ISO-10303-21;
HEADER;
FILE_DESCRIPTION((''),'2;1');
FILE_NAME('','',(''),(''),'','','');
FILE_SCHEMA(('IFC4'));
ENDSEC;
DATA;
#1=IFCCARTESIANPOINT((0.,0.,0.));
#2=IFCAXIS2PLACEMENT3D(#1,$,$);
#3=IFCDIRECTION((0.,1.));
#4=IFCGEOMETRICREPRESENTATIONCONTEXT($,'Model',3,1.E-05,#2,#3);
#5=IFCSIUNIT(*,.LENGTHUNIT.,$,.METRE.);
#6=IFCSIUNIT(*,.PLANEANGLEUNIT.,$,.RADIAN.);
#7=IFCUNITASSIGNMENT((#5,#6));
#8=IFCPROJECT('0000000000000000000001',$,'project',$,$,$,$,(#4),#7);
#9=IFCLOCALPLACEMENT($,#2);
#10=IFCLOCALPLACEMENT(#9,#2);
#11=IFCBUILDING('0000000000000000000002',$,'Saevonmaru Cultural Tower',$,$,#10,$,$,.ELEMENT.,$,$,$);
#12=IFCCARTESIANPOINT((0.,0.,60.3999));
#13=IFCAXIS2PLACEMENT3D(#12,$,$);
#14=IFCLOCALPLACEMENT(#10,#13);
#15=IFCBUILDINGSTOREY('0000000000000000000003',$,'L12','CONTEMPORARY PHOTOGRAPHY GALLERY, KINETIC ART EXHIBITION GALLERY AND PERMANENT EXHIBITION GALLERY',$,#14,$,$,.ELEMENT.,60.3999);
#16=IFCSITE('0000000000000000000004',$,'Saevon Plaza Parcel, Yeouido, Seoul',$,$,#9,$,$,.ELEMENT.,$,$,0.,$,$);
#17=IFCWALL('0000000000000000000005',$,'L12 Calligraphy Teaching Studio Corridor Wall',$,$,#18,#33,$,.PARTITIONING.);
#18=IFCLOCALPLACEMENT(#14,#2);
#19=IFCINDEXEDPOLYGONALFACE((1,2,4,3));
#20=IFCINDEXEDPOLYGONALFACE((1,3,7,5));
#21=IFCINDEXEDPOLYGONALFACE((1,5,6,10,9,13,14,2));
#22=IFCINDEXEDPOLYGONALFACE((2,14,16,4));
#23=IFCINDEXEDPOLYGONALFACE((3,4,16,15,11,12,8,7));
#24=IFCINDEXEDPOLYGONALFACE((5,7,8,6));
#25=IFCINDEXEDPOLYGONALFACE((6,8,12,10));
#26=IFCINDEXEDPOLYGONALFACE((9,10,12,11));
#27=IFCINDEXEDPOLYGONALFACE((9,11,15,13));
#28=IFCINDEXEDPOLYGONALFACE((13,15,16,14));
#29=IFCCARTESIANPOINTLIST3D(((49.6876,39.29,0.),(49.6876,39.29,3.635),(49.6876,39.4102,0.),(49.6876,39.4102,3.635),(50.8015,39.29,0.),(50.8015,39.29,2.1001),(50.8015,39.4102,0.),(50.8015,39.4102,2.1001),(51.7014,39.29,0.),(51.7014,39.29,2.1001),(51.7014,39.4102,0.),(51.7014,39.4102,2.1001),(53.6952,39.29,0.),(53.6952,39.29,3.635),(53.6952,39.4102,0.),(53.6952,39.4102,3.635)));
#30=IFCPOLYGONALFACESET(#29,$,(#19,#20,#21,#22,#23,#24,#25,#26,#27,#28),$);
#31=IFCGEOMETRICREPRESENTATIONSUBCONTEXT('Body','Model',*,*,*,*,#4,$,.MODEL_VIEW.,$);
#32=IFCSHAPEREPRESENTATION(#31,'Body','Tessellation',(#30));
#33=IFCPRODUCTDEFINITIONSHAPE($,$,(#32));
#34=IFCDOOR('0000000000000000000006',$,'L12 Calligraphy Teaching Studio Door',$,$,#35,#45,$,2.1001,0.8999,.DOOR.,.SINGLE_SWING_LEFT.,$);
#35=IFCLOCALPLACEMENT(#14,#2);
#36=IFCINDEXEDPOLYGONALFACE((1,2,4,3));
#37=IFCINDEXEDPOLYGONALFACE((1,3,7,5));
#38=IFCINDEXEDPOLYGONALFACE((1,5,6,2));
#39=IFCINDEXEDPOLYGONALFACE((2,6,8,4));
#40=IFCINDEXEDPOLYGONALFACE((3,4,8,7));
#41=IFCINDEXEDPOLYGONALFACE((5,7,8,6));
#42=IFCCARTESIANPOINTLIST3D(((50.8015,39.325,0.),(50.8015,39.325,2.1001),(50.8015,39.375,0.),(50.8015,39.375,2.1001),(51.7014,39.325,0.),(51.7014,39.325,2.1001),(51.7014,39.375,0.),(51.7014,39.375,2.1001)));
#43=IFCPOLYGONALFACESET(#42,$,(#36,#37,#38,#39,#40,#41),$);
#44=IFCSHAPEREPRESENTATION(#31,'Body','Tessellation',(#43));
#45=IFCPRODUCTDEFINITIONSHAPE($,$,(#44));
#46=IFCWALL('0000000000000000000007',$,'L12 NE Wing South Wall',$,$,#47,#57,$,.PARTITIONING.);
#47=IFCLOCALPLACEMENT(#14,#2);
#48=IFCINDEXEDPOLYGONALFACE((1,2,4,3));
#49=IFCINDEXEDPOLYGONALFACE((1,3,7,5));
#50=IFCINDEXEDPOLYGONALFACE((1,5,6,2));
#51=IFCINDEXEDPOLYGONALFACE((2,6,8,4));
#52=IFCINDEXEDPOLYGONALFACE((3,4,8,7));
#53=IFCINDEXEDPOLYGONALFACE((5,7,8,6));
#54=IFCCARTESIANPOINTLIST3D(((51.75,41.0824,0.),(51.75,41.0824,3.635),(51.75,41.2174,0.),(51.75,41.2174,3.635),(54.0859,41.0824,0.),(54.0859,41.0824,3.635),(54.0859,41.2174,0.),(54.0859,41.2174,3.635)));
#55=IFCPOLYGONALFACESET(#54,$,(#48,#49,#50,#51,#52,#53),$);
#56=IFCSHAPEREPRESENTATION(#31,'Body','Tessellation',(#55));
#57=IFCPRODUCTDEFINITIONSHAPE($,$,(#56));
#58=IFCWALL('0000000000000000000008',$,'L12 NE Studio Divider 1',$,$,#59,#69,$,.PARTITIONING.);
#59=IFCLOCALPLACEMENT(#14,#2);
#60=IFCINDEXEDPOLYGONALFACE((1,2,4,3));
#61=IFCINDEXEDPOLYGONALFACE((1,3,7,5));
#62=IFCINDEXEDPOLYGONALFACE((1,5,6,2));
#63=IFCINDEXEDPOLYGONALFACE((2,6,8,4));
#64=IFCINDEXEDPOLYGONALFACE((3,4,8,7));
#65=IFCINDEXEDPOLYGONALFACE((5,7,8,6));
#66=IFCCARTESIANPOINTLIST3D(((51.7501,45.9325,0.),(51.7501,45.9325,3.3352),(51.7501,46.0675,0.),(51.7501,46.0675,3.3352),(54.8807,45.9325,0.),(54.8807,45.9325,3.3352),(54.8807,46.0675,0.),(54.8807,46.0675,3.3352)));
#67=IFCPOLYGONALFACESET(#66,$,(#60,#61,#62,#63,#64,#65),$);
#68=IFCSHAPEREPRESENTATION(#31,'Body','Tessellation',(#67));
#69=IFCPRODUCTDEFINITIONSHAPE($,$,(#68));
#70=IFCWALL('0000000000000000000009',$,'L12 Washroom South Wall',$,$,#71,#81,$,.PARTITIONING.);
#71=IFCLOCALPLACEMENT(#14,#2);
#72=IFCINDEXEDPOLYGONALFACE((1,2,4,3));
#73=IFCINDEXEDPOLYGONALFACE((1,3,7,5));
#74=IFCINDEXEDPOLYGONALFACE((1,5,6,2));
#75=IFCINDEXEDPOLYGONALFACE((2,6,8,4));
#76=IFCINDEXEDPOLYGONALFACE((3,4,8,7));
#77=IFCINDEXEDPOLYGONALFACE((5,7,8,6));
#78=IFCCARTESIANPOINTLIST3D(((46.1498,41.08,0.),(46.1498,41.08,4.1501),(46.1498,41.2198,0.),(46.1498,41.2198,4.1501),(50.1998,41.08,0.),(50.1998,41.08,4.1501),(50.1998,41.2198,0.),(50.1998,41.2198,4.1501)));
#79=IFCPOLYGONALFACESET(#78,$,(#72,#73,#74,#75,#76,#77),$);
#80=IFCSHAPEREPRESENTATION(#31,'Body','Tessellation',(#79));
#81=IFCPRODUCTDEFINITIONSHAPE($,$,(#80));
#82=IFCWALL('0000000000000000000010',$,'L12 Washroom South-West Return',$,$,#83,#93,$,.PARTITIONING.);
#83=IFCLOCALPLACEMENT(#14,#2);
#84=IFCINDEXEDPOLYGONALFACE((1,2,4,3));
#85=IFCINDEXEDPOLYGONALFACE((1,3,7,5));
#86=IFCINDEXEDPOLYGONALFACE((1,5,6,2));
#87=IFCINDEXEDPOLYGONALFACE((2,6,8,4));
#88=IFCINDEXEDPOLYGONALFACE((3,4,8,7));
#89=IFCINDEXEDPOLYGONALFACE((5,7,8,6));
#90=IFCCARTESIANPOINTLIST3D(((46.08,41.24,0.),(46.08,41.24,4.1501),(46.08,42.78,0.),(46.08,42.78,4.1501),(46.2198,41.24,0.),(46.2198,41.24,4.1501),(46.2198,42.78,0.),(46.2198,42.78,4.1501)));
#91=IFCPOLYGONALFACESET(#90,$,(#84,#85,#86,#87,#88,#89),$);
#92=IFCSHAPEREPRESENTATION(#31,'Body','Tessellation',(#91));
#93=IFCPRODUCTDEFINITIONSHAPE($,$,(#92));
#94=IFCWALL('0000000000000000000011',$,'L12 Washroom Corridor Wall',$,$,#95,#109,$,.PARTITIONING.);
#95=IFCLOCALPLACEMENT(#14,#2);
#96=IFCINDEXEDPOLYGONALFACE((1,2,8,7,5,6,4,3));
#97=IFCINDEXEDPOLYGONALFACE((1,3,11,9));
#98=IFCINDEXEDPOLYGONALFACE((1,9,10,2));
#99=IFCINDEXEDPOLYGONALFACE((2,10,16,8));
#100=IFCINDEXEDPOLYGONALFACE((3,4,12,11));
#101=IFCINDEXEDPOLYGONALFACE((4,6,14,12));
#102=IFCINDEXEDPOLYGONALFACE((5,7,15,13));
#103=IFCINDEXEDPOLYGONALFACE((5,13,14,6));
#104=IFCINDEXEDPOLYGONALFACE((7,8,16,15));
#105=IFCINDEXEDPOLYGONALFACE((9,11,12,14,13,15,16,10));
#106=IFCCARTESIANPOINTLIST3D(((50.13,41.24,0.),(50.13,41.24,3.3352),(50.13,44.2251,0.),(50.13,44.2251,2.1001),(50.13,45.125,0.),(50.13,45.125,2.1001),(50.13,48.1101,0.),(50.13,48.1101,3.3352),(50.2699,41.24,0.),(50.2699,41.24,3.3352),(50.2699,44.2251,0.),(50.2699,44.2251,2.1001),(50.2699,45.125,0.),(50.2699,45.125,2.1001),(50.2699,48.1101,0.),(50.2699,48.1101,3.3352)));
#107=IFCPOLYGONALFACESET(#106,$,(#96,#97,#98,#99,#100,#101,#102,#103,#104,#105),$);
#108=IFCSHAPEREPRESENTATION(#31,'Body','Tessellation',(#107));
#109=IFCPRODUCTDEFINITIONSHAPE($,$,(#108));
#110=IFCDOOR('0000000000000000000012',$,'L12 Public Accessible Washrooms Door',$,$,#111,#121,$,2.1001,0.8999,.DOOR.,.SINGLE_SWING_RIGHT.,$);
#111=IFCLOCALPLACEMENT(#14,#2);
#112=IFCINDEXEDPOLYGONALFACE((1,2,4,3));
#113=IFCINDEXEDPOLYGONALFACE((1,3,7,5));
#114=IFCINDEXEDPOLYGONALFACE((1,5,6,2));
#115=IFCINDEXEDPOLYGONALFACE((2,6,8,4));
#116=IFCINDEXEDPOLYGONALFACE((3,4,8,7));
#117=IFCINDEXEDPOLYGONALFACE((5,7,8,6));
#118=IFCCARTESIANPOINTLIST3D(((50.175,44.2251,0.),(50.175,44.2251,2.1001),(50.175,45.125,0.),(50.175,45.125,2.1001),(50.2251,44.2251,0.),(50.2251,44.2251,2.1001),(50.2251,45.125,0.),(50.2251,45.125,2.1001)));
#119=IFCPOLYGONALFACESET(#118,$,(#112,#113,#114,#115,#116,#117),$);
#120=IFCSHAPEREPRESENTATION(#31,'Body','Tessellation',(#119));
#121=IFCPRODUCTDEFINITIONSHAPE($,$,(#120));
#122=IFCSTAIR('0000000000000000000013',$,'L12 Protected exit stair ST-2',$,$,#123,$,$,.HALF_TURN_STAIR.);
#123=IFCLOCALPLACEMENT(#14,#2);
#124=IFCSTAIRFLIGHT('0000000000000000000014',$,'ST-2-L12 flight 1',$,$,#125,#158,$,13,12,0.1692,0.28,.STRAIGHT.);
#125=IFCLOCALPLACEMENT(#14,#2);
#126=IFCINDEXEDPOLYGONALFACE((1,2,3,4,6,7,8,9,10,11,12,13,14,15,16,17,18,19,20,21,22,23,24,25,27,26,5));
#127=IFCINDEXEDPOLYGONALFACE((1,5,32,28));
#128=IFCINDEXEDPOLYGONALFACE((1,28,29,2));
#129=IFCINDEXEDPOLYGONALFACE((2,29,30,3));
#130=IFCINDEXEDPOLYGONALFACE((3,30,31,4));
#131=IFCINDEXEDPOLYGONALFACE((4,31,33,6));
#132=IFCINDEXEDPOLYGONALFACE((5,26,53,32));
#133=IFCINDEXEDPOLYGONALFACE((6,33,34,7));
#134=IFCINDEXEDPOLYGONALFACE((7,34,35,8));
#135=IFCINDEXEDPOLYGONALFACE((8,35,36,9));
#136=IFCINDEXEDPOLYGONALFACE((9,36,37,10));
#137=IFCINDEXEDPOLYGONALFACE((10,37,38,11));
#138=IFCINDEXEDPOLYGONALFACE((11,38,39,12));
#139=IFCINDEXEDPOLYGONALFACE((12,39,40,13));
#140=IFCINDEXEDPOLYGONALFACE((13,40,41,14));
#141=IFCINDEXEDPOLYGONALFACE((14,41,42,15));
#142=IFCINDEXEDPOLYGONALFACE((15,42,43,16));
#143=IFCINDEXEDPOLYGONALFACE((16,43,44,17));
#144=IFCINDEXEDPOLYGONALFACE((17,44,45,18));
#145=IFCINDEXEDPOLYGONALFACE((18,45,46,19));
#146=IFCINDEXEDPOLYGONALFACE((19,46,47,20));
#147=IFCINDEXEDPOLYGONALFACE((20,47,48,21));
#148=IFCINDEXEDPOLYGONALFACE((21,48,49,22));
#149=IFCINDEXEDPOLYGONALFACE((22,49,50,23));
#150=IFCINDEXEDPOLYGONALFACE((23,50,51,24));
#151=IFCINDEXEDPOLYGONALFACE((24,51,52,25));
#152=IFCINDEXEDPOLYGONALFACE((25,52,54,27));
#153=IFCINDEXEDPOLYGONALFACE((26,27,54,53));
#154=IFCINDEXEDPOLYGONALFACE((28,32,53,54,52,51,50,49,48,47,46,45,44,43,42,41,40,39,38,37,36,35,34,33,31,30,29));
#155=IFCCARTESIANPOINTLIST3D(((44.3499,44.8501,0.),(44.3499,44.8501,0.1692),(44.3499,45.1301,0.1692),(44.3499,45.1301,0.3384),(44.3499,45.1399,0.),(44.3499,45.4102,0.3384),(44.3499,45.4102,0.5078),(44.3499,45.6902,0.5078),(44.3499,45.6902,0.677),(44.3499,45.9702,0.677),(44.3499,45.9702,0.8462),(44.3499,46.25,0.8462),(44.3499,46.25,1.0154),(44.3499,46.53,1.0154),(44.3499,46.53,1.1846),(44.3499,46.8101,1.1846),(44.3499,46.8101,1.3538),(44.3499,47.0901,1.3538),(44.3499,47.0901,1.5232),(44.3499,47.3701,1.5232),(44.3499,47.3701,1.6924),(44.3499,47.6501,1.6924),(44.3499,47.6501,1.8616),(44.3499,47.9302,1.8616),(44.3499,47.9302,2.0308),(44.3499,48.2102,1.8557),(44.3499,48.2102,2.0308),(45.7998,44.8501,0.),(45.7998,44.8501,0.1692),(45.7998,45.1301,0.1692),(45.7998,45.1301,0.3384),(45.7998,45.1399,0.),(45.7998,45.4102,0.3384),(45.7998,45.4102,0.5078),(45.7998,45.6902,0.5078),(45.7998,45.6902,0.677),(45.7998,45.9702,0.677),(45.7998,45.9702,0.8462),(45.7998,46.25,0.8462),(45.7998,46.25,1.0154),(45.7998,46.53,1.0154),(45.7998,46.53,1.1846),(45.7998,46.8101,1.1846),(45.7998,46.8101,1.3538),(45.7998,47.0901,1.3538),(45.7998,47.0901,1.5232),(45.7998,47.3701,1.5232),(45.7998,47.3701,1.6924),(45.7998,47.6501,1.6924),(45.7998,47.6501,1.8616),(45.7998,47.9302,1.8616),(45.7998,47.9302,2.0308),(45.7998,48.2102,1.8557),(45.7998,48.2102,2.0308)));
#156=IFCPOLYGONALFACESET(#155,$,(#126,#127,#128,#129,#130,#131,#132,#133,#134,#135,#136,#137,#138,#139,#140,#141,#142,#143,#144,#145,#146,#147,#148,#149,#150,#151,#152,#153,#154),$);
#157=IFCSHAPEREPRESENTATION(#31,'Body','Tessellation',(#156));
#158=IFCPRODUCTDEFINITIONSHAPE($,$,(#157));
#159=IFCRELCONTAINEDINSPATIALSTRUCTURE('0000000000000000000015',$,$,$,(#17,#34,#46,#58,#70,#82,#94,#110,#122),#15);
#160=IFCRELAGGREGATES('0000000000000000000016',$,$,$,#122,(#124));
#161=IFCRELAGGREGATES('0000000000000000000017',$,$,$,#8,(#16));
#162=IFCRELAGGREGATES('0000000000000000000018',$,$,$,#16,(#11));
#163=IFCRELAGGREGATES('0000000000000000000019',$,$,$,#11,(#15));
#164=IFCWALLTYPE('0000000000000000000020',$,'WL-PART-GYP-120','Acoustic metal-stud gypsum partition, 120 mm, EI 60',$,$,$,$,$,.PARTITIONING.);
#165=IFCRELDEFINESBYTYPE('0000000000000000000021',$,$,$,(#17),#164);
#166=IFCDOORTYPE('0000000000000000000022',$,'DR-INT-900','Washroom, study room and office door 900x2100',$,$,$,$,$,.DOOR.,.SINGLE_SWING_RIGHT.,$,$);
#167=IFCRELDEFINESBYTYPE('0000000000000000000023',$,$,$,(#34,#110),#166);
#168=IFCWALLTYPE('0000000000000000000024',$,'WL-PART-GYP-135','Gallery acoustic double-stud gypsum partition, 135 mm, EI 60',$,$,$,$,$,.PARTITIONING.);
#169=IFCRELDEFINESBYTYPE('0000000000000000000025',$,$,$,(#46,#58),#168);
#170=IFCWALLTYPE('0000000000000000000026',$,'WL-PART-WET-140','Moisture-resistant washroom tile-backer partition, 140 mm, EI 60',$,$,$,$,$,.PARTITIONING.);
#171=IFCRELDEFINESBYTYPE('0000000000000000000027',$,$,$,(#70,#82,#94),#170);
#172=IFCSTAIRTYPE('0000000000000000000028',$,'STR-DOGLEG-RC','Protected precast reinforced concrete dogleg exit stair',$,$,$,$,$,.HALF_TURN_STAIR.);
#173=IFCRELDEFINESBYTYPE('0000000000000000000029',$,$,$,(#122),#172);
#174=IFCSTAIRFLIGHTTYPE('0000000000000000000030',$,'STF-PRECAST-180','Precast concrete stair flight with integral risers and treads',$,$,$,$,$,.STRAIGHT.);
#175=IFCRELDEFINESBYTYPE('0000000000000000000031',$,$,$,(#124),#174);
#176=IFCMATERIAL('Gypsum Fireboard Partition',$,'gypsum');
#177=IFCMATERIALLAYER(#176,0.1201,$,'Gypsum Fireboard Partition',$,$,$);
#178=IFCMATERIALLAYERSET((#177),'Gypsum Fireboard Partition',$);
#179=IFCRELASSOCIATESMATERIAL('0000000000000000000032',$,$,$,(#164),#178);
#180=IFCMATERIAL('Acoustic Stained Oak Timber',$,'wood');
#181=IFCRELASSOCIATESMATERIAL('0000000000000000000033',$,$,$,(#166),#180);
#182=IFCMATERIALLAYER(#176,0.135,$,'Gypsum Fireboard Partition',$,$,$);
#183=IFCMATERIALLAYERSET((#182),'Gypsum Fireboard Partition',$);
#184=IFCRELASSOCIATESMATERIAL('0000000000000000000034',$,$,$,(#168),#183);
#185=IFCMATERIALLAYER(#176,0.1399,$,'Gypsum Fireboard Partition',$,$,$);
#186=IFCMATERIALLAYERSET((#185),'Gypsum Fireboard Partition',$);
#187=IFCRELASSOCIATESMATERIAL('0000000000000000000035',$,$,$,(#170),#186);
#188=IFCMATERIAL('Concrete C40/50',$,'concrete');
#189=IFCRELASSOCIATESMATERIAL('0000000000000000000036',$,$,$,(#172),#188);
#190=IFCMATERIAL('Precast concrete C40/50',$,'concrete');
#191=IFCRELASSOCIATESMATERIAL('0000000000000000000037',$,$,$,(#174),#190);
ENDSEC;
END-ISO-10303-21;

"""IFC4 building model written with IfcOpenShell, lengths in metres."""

from ifc_helpers import new_model, si_unit, direction, frame, frame_2d, origin, place, context, subcontext, project, spatial, polyline, rectangle, outline, extrude, material, layer, layer_set, type_object, element, fill, aggregate, save


model = new_model("IFC4")

# Units and contexts
model_context = context("Model", 3, precision=1e-05, world=origin(), true_north=direction((0.0, 1.0)))
body_context = subcontext(model_context, "Body", "Model", "MODEL_VIEW")
ifc_project = project(units=[si_unit("LENGTHUNIT", "METRE"), si_unit("PLANEANGLEUNIT", "RADIAN")], contexts=[model_context])

# Site, building, storey
site_placement = place(None, origin())
site = spatial("IfcSite", under=ifc_project, at=site_placement, Name="Saevon Plaza Parcel, Yeouido, Seoul", CompositionType="ELEMENT", RefElevation=0.0)
building_placement = place(site_placement, origin())
building = spatial("IfcBuilding", under=site, at=building_placement, Name="Saevonmaru Cultural Tower", CompositionType="ELEMENT")
storey_placement = place(building_placement, frame((0.0, 0.0, 60.3999)))
storey = spatial("IfcBuildingStorey", under=building, at=storey_placement, Name="L12", Description="CONTEMPORARY PHOTOGRAPHY GALLERY, KINETIC ART EXHIBITION GALLERY AND PERMANENT EXHIBITION GALLERY", CompositionType="ELEMENT", Elevation=60.3999)

# Wall, opening, door
ifc_material_1 = material(Name="Gypsum Fireboard Partition", Category="gypsum")
ifc_material_2 = material(Name="Acoustic Stained Oak Timber", Category="wood")
ifc_layer_1 = layer(ifc_material_1, 0.1201, Name="Gypsum Fireboard Partition")
ifc_layer_set_1 = layer_set([ifc_layer_1], Name="Gypsum Fireboard Partition")
wall_type_1 = type_object("IfcWallType", Name="WL-PART-GYP-120", Description="Acoustic metal-stud gypsum partition, 120 mm, EI 60", PredefinedType="PARTITIONING", material=ifc_layer_set_1)
door_type_1 = type_object("IfcDoorType", Name="DR-INT-900", Description="Washroom, study room and office door 900x2100", OperationType="SINGLE_SWING_RIGHT", PredefinedType="DOOR", material=ifc_material_2)
wall_1_placement = place(storey_placement, frame((49.6875, 39.3501, 0.0), z_axis=(0.0, 0.0, 1.0), x_axis=(1.0, 0.0, 0.0)))
wall_1 = element("IfcWall", 1, at=wall_1_placement, inside=storey, type_object=wall_type_1, Name="L12 Calligraphy Teaching Studio Corridor Wall", PredefinedType="PARTITIONING", context=body_context, shape_type="SweptSolid", body=[
    extrude(rectangle(XDim=4.0076, YDim=0.1201, at=frame_2d((2.0039, 0.0))), origin(), (0.0, 0.0, 1.0), 3.635),
])
opening_1_placement = place(wall_1_placement, frame((1.114, 0.0, 0.0)))
opening_1 = element("IfcOpeningElement", 2, at=opening_1_placement, cuts=wall_1, PredefinedType="OPENING", context=body_context, shape_type="SweptSolid", body=[
    extrude(rectangle(XDim=0.8999, YDim=2.1001, at=frame_2d((0.45, 1.05))), frame((0.0, 0.0701, 0.0), z_axis=(0.0, -1.0, 0.0), x_axis=(1.0, 0.0, 0.0)), (0.0, 0.0, 1.0), 0.1401),
])
door_1_placement = place(opening_1_placement, origin())
door_1 = element("IfcDoor", 3, at=door_1_placement, inside=storey, type_object=door_type_1, Name="L12 Calligraphy Teaching Studio Door", OperationType="SINGLE_SWING_LEFT", OverallHeight=2.1001, OverallWidth=0.8999, PredefinedType="DOOR", context=body_context, shape_type="SweptSolid", body=[
    extrude(rectangle(XDim=0.8999, YDim=2.1001, at=frame_2d((0.45, 1.05))), frame((0.0, 0.0249, 0.0), z_axis=(0.0, -1.0, 0.0), x_axis=(1.0, 0.0, 0.0)), (0.0, 0.0, 1.0), 0.05),
])
fill(opening_1, door_1)

# Walls
ifc_layer_2 = layer(ifc_material_1, 0.135, Name="Gypsum Fireboard Partition")
ifc_layer_set_2 = layer_set([ifc_layer_2], Name="Gypsum Fireboard Partition")
wall_type_2 = type_object("IfcWallType", Name="WL-PART-GYP-135", Description="Gallery acoustic double-stud gypsum partition, 135 mm, EI 60", PredefinedType="PARTITIONING", material=ifc_layer_set_2)
wall_2_placement = place(storey_placement, frame((51.75, 41.1499, 0.0), z_axis=(0.0, 0.0, 1.0), x_axis=(1.0, 0.0, 0.0)))
element("IfcWall", 4, at=wall_2_placement, inside=storey, type_object=wall_type_2, Name="L12 NE Wing South Wall", PredefinedType="PARTITIONING", context=body_context, shape_type="SweptSolid", body=[
    extrude(rectangle(XDim=2.3359, YDim=0.135, at=frame_2d((1.168, 0.0))), origin(), (0.0, 0.0, 1.0), 3.635),
])
wall_3_placement = place(storey_placement, frame((51.75, 46.0, 0.0), z_axis=(0.0, 0.0, 1.0), x_axis=(1.0, 0.0, 0.0)))
element("IfcWall", 5, at=wall_3_placement, inside=storey, type_object=wall_type_2, Name="L12 NE Studio Divider 1", PredefinedType="PARTITIONING", context=body_context, shape_type="SweptSolid", body=[
    extrude(rectangle(XDim=3.1306, YDim=0.135, at=frame_2d((1.5654, 0.0))), origin(), (0.0, 0.0, 1.0), 3.3352),
])
ifc_layer_3 = layer(ifc_material_1, 0.1399, Name="Gypsum Fireboard Partition")
ifc_layer_set_3 = layer_set([ifc_layer_3], Name="Gypsum Fireboard Partition")
wall_type_3 = type_object("IfcWallType", Name="WL-PART-WET-140", Description="Moisture-resistant washroom tile-backer partition, 140 mm, EI 60", PredefinedType="PARTITIONING", material=ifc_layer_set_3)
wall_4_placement = place(storey_placement, frame((46.1499, 41.1499, 0.0), z_axis=(0.0, 0.0, 1.0), x_axis=(1.0, 0.0, 0.0)))
element("IfcWall", 6, at=wall_4_placement, inside=storey, type_object=wall_type_3, Name="L12 Washroom South Wall", PredefinedType="PARTITIONING", context=body_context, shape_type="SweptSolid", body=[
    extrude(rectangle(XDim=4.05, YDim=0.1399, at=frame_2d((2.0249, 0.0))), origin(), (0.0, 0.0, 1.0), 4.1501),
])
wall_5_placement = place(storey_placement, frame((46.1499, 41.24, 0.0), z_axis=(0.0, 0.0, 1.0), x_axis=(0.0, 1.0, 0.0)))
element("IfcWall", 7, at=wall_5_placement, inside=storey, type_object=wall_type_3, Name="L12 Washroom South-West Return", PredefinedType="PARTITIONING", context=body_context, shape_type="SweptSolid", body=[
    extrude(rectangle(XDim=1.54, YDim=0.1399, at=frame_2d((0.77, 0.0))), origin(), (0.0, 0.0, 1.0), 4.1501),
])

# Wall, opening, door
wall_6_placement = place(storey_placement, frame((50.2, 41.24, 0.0), z_axis=(0.0, 0.0, 1.0), x_axis=(0.0, 1.0, 0.0)))
wall_6 = element("IfcWall", 8, at=wall_6_placement, inside=storey, type_object=wall_type_3, Name="L12 Washroom Corridor Wall", PredefinedType="PARTITIONING", context=body_context, shape_type="SweptSolid", body=[
    extrude(rectangle(XDim=6.8701, YDim=0.1399, at=frame_2d((3.4351, 0.0))), origin(), (0.0, 0.0, 1.0), 3.3352),
])
opening_2_placement = place(wall_6_placement, frame((2.9851, 0.0, 0.0)))
opening_2 = element("IfcOpeningElement", 9, at=opening_2_placement, cuts=wall_6, PredefinedType="OPENING", context=body_context, shape_type="SweptSolid", body=[
    extrude(rectangle(XDim=0.8999, YDim=2.1001, at=frame_2d((0.45, 1.05))), frame((0.0, 0.0801, 0.0), z_axis=(0.0, -1.0, 0.0), x_axis=(1.0, 0.0, 0.0)), (0.0, 0.0, 1.0), 0.1599),
])
door_2_placement = place(opening_2_placement, origin())
door_2 = element("IfcDoor", 10, at=door_2_placement, inside=storey, type_object=door_type_1, Name="L12 Public Accessible Washrooms Door", OperationType="SINGLE_SWING_RIGHT", OverallHeight=2.1001, OverallWidth=0.8999, PredefinedType="DOOR", context=body_context, shape_type="SweptSolid", body=[
    extrude(rectangle(XDim=0.8999, YDim=2.1001, at=frame_2d((0.45, 1.05))), frame((0.0, 0.0249, 0.0), z_axis=(0.0, -1.0, 0.0), x_axis=(1.0, 0.0, 0.0)), (0.0, 0.0, 1.0), 0.05),
])
fill(opening_2, door_2)

# Stair, stair flight
ifc_material_3 = material(Name="Concrete C40/50", Category="concrete")
stair_type = type_object("IfcStairType", Name="STR-DOGLEG-RC", Description="Protected precast reinforced concrete dogleg exit stair", PredefinedType="HALF_TURN_STAIR", material=ifc_material_3)
stair_placement = place(storey_placement, origin())
stair = element("IfcStair", 11, at=stair_placement, inside=storey, type_object=stair_type, Name="L12 Protected exit stair ST-2", PredefinedType="HALF_TURN_STAIR")
ifc_material_4 = material(Name="Precast concrete C40/50", Category="concrete")
stair_flight_type = type_object("IfcStairFlightType", Name="STF-PRECAST-180", Description="Precast concrete stair flight with integral risers and treads", PredefinedType="STRAIGHT", material=ifc_material_4)
stair_flight_placement = place(storey_placement, frame((45.075, 44.8501, 0.0), z_axis=(0.0, 0.0, 1.0), x_axis=(0.0, 1.0, 0.0)))
stair_flight = element("IfcStairFlight", 12, at=stair_flight_placement, type_object=stair_flight_type, Name="ST-2-L12 flight 1", NumberOfRisers=13, NumberOfTreads=12, PredefinedType="STRAIGHT", RiserHeight=0.1692, TreadLength=0.28, context=body_context, shape_type="SweptSolid", body=[
    extrude(outline(polyline([(0.0, 0.0), (0.0, 0.1692), (0.28, 0.1692), (0.28, 0.3384), (0.5601, 0.3384), (0.5601, 0.5078), (0.8401, 0.5078), (0.8401, 0.677), (1.1201, 0.677), (1.1201, 0.8462), (1.3999, 0.8462), (1.3999, 1.0154), (1.6799, 1.0154), (1.6799, 1.1846), (1.96, 1.1846), (1.96, 1.3538), (2.24, 1.3538), (2.24, 1.5232), (2.52, 1.5232), (2.52, 1.6924), (2.8, 1.6924), (2.8, 1.8616), (3.0801, 1.8616), (3.0801, 2.0308), (3.3601, 2.0308), (3.3601, 2.2), (3.3601, 1.8557), (0.2898, 0.0), (0.0, 0.0)])), frame((0.0, 0.7251, 0.0), z_axis=(0.0, -1.0, 0.0), x_axis=(1.0, 0.0, 0.0)), (0.0, 0.0, 1.0), 1.45),
])
aggregate(stair, [stair_flight])

save(model, "model.ifc")
